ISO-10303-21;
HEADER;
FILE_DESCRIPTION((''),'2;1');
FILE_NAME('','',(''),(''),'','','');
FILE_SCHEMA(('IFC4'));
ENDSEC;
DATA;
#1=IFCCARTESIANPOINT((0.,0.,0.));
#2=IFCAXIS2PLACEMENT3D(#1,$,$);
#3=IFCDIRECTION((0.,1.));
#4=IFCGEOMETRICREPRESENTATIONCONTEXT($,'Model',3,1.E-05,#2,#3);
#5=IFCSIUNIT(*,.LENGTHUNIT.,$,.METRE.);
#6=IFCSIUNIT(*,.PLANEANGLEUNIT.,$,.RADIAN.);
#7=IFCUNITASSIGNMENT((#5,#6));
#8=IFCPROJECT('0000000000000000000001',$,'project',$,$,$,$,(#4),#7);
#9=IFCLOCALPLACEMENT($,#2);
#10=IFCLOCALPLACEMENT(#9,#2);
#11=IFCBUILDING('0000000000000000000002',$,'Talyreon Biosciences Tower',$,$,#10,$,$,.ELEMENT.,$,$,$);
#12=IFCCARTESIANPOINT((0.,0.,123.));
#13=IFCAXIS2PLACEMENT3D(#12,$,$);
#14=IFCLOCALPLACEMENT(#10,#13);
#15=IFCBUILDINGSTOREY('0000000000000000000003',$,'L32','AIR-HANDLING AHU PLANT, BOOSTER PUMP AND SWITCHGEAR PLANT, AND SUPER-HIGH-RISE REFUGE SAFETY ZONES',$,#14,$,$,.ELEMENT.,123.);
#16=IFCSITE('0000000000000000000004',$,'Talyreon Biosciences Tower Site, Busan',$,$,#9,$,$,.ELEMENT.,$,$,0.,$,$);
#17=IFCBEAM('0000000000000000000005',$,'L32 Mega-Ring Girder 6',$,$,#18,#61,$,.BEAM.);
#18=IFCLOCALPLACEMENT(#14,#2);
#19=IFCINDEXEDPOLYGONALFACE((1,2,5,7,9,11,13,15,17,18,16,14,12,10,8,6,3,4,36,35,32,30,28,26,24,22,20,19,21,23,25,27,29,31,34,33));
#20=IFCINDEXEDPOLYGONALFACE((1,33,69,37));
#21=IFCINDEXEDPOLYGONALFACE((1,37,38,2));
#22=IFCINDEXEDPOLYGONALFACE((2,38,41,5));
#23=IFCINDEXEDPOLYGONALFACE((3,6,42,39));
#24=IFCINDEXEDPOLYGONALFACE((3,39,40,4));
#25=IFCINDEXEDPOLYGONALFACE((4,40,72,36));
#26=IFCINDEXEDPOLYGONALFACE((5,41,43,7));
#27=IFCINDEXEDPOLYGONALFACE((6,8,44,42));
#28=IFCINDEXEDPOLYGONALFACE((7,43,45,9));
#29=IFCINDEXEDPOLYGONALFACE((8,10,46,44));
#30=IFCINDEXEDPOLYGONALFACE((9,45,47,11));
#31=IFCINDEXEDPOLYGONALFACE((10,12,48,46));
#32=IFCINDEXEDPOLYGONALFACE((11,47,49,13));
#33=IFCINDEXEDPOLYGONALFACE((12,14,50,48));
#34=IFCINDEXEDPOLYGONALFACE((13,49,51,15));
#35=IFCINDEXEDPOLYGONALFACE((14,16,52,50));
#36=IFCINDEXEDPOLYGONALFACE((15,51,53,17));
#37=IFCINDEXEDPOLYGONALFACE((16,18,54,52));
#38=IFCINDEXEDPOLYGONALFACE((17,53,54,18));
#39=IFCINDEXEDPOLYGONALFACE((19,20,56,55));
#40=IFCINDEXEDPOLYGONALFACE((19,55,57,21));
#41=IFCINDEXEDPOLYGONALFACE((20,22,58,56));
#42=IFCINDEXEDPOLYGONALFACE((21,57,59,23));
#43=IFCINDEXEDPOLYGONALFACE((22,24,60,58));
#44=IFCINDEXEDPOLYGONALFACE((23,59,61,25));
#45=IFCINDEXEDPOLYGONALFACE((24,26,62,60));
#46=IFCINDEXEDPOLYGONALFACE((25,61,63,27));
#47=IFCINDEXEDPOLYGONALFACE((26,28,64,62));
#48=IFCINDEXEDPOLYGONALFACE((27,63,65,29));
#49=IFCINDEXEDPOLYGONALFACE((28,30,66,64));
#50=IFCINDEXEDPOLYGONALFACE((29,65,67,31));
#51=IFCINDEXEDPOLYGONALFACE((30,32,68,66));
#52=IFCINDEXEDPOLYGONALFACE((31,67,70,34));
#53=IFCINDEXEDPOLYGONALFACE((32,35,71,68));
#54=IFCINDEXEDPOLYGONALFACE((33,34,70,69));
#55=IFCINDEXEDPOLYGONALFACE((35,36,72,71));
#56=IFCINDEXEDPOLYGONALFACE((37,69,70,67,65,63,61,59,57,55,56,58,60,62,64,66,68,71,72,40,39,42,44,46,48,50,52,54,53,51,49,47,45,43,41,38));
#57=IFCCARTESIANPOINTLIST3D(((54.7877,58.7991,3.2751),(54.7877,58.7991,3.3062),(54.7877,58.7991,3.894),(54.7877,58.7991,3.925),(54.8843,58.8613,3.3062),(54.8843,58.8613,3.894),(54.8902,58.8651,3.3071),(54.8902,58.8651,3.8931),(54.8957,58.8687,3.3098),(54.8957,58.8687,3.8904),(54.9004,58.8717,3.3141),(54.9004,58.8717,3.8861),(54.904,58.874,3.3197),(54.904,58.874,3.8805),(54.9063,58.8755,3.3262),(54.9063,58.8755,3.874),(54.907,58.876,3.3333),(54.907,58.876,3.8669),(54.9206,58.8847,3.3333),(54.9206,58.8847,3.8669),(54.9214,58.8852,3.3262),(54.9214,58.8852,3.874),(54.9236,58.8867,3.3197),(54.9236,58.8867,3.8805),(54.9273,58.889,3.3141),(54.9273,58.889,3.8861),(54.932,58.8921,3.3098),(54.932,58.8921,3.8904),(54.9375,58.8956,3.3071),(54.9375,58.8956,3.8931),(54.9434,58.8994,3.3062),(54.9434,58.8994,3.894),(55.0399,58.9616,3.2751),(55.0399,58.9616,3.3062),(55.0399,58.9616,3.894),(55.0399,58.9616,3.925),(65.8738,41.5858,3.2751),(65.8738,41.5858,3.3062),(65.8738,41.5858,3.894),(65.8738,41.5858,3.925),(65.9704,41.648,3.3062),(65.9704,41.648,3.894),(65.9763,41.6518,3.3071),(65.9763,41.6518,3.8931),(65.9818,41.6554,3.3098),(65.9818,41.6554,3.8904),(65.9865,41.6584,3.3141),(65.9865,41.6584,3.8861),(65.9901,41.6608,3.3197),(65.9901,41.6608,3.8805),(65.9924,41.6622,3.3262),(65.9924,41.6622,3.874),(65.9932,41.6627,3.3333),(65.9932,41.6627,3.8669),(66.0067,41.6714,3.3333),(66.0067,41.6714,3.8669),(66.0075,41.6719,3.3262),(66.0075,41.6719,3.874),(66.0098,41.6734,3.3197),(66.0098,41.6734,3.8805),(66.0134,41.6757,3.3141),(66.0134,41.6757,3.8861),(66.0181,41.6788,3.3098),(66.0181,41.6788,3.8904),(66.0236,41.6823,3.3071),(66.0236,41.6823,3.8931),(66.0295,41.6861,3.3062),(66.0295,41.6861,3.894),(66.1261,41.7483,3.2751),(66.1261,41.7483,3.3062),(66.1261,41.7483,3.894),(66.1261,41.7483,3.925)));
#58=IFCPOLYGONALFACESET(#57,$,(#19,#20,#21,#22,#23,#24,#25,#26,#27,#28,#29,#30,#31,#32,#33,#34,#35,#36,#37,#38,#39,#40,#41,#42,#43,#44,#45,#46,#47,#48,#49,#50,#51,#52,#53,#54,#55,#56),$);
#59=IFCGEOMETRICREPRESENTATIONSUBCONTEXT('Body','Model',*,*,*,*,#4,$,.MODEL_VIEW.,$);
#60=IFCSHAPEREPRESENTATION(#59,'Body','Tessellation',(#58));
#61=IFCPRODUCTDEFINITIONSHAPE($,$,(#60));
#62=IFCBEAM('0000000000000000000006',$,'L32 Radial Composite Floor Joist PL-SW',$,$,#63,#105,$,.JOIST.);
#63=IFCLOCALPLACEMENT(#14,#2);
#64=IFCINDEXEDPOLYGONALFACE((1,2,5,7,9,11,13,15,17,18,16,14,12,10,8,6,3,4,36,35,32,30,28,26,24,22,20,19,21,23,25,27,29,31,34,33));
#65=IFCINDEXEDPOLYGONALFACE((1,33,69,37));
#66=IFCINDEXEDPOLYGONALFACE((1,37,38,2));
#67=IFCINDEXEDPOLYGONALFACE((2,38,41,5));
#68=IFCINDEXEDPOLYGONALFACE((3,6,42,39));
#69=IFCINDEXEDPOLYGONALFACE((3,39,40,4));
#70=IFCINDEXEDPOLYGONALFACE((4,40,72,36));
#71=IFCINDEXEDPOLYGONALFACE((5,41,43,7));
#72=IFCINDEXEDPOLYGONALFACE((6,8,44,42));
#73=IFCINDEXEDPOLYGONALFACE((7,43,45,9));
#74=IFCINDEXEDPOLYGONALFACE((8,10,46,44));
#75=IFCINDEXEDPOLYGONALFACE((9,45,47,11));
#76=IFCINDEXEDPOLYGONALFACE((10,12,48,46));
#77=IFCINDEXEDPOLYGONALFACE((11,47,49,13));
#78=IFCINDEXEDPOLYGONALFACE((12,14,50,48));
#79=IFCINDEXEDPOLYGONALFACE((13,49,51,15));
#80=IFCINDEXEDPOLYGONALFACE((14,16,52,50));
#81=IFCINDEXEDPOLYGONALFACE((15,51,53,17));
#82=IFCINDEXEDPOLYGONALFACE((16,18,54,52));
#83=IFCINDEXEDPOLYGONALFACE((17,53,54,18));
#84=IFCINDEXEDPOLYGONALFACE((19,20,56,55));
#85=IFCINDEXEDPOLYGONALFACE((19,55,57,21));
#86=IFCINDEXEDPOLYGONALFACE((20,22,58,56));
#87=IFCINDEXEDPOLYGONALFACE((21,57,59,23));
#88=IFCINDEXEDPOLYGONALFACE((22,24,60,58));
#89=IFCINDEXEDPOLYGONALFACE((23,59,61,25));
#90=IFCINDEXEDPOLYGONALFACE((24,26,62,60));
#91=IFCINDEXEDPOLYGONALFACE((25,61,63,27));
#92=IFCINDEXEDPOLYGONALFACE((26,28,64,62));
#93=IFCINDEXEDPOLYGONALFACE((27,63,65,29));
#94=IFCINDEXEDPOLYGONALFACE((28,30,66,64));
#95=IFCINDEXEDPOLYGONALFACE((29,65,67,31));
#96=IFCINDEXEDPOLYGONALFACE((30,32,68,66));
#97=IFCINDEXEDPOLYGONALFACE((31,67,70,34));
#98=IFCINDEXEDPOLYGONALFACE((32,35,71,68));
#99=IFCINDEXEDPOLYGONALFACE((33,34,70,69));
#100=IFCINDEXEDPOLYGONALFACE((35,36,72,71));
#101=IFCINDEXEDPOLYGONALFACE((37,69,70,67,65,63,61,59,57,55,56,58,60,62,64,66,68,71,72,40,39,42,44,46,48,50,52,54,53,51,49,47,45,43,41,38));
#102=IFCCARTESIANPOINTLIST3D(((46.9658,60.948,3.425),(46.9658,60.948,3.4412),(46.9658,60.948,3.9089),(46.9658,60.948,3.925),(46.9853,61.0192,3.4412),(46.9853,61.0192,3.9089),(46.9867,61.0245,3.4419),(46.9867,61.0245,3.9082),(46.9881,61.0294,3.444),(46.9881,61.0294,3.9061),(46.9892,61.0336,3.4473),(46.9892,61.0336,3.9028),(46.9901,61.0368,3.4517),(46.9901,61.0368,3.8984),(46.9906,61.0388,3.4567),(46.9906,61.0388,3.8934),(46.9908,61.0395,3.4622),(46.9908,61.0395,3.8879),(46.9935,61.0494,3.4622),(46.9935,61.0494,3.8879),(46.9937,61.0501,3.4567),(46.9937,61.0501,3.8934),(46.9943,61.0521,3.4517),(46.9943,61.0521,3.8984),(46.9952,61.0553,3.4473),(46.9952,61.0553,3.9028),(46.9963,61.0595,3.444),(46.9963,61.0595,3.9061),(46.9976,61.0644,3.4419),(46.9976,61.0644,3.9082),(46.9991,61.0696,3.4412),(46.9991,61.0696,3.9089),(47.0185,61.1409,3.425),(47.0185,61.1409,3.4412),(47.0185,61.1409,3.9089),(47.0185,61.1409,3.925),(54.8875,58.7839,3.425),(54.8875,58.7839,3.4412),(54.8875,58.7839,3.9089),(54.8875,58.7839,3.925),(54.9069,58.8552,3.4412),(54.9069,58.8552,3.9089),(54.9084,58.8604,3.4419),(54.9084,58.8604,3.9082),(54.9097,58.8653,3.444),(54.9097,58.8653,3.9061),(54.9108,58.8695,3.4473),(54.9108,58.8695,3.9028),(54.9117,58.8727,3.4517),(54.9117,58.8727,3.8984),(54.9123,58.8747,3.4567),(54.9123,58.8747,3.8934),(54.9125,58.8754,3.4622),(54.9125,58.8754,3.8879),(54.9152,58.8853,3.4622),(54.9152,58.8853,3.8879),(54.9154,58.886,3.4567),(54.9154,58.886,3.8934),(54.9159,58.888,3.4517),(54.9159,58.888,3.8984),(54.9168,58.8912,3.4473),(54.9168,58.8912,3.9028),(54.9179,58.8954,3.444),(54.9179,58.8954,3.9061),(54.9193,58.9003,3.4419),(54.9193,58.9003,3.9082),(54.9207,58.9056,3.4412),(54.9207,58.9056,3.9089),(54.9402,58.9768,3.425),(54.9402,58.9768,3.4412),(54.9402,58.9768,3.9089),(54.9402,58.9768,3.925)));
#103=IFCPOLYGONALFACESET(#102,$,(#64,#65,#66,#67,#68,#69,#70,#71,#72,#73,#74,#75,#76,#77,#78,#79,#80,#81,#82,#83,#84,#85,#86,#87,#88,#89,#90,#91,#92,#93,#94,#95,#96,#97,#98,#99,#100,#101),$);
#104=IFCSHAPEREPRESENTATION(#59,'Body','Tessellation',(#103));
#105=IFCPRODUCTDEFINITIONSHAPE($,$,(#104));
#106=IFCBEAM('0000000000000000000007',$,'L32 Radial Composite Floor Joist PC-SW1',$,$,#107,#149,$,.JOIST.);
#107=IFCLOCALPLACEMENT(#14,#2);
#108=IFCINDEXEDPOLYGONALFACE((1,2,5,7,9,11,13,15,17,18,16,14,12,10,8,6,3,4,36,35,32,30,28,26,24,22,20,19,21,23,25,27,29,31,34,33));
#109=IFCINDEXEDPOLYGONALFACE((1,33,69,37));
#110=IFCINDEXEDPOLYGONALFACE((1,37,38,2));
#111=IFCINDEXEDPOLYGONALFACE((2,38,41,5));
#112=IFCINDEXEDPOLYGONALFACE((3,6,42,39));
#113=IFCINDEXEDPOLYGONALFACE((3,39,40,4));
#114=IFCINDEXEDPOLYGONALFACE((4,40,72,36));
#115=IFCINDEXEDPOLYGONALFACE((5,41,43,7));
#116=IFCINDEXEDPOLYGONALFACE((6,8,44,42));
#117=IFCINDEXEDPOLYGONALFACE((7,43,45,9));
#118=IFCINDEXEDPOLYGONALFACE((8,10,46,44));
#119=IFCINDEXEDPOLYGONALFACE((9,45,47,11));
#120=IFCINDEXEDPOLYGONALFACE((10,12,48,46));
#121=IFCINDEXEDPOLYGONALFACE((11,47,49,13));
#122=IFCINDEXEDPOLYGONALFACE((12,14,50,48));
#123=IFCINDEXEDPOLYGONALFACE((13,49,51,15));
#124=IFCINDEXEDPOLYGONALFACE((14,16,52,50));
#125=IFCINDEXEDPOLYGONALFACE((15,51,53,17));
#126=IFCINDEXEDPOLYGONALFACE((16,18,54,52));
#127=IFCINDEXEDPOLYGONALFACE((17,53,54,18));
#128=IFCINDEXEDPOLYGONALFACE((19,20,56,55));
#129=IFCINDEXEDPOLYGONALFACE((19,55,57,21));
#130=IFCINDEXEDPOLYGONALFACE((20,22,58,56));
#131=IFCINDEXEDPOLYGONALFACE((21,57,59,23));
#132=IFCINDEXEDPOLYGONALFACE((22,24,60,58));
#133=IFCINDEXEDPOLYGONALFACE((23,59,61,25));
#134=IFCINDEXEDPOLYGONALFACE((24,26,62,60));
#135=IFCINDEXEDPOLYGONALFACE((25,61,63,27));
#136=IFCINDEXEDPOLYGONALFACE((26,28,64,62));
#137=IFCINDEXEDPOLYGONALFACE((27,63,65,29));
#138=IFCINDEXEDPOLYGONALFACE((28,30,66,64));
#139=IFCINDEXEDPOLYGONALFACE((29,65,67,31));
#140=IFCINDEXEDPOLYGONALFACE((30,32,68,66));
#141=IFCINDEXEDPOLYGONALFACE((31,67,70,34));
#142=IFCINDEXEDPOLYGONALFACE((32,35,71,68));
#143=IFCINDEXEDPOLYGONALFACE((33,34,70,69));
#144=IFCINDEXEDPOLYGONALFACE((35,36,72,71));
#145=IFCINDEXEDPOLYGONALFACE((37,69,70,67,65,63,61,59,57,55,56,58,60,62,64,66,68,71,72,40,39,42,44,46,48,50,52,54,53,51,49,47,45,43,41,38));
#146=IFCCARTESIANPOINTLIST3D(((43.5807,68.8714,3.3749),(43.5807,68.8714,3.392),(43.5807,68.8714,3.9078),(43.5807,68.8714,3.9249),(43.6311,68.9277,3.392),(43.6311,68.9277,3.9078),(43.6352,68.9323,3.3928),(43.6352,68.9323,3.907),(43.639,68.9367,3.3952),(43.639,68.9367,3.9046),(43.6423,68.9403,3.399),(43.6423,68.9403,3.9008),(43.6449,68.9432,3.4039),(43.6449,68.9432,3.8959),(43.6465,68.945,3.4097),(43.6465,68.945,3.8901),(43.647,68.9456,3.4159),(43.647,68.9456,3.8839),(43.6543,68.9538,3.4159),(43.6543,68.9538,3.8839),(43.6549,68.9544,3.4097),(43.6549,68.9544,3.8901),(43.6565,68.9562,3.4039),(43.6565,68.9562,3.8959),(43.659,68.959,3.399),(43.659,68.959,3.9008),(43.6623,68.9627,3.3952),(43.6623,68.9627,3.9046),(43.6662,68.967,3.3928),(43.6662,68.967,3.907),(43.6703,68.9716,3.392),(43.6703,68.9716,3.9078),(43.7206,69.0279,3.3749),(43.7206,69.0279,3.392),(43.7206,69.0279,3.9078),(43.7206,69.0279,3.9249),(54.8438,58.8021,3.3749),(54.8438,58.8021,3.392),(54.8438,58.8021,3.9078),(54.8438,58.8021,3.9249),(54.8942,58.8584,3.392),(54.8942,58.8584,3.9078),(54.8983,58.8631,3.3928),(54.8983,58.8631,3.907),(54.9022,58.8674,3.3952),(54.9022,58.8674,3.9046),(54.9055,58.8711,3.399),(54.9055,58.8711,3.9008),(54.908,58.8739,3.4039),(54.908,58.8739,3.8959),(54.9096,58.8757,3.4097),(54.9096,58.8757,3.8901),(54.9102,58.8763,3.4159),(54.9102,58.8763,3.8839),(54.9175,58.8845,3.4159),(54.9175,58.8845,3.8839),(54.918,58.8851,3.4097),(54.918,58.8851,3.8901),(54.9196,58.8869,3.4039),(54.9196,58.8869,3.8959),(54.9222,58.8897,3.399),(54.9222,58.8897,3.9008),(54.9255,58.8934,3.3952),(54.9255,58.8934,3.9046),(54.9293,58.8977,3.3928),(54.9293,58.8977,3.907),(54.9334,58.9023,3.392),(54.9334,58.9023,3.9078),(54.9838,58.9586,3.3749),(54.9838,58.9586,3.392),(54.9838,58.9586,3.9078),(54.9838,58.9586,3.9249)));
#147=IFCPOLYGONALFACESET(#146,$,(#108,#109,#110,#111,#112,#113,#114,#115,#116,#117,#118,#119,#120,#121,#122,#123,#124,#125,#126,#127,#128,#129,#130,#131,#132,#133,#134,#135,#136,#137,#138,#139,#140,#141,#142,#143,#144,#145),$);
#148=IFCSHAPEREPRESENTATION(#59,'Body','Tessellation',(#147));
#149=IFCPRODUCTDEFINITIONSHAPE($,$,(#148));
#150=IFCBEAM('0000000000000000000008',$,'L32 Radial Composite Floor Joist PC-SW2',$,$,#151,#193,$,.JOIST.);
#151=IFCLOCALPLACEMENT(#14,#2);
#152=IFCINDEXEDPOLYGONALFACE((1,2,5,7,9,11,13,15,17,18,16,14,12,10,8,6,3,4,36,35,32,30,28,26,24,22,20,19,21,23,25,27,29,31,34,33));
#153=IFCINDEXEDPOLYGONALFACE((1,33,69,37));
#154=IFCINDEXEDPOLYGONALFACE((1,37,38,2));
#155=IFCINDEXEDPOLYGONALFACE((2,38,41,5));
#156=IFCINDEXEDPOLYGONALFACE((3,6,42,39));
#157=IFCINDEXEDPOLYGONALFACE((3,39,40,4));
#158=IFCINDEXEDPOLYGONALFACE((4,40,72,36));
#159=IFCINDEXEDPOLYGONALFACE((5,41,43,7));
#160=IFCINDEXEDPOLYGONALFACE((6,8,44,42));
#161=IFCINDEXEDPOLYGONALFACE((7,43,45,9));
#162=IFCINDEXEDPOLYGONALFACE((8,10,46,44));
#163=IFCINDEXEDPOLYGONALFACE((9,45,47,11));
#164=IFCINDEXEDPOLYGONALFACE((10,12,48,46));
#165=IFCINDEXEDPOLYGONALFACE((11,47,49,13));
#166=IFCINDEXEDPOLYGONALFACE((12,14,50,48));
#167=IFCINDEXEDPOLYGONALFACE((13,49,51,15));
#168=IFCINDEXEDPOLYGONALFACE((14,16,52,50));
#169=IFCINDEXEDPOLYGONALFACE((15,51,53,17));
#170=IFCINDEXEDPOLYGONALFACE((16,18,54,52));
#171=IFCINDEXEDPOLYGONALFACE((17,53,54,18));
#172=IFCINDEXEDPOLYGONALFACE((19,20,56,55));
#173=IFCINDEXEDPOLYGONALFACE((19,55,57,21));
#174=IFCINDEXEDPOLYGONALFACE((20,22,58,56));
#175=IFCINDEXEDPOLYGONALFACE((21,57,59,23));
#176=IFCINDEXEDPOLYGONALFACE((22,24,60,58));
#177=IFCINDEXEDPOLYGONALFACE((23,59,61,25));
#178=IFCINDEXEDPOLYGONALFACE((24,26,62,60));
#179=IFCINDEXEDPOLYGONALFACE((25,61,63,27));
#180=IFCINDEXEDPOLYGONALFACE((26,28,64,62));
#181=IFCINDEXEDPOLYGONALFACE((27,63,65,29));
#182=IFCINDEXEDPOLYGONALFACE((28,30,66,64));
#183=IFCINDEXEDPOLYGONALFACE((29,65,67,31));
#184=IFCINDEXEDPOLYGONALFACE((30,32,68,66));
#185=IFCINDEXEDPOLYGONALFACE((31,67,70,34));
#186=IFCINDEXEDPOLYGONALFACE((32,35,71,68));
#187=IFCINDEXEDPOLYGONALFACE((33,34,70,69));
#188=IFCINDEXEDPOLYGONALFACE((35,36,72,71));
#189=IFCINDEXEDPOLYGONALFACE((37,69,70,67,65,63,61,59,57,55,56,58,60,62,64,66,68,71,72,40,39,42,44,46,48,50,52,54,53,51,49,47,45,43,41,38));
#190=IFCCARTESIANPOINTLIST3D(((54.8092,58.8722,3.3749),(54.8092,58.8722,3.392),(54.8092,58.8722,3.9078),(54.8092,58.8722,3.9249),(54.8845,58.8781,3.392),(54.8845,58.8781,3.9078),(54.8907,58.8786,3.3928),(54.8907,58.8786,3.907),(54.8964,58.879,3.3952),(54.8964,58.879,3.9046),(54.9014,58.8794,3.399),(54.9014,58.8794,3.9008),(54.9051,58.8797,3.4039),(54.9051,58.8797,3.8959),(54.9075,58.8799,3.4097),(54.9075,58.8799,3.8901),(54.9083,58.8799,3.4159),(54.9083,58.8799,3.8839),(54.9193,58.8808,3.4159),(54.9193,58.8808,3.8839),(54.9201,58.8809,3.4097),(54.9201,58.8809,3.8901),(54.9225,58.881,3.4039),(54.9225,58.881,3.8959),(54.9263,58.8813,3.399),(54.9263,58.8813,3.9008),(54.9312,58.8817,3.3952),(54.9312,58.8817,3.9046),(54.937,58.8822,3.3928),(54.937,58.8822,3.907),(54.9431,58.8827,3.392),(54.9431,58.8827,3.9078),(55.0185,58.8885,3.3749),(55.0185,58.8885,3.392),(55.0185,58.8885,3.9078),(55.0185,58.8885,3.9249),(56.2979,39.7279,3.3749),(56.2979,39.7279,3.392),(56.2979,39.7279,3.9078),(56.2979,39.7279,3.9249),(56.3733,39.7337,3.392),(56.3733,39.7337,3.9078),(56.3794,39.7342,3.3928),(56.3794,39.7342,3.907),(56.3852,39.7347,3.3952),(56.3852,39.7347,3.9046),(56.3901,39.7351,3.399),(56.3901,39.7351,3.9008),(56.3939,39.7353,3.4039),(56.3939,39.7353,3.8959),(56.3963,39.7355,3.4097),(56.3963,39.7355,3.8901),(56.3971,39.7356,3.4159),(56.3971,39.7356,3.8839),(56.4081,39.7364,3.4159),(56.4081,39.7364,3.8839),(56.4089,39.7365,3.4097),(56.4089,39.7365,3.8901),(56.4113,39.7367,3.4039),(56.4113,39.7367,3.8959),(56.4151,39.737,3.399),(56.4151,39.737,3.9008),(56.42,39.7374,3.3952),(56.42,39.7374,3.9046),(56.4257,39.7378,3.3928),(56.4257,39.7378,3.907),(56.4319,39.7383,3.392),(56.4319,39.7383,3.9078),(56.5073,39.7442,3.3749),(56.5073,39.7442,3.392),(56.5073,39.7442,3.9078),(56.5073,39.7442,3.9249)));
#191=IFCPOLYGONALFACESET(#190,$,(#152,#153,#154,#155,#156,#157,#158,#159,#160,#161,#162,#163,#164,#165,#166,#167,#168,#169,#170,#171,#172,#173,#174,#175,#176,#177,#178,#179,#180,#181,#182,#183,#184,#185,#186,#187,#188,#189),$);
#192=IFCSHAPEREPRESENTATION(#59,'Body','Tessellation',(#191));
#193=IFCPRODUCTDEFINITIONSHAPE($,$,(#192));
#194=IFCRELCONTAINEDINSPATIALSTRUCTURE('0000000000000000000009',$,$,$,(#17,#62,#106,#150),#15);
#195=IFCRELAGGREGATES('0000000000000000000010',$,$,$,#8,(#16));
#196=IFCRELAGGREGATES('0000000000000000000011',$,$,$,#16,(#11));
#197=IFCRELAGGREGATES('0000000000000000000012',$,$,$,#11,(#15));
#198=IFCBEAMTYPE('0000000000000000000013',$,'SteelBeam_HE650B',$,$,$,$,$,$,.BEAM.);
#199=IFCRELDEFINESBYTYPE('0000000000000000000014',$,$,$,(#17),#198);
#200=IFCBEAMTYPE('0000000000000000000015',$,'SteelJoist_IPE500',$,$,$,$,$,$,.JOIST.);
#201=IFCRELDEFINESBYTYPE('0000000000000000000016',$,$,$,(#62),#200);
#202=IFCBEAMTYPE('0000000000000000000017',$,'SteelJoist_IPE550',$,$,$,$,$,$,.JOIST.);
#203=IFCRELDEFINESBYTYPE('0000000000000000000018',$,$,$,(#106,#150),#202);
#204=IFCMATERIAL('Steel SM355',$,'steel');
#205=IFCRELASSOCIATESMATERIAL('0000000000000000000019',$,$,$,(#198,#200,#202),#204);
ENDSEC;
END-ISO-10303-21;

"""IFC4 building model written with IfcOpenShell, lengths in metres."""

from ifc_helpers import new_model, si_unit, direction, frame, origin, origin_2d, place, context, subcontext, project, spatial, i_section, extrude, material, material_profile, profile_set, type_object, element, save


model = new_model("IFC4")

# Units and contexts
model_context = context("Model", 3, precision=1e-05, world=origin(), true_north=direction((0.0, 1.0)))
body_context = subcontext(model_context, "Body", "Model", "MODEL_VIEW")
ifc_project = project(units=[si_unit("LENGTHUNIT", "METRE"), si_unit("PLANEANGLEUNIT", "RADIAN")], contexts=[model_context])

# Site, building, storey
site_placement = place(None, origin())
site = spatial("IfcSite", under=ifc_project, at=site_placement, Name="Talyreon Biosciences Tower Site, Busan", CompositionType="ELEMENT", RefElevation=0.0)
building_placement = place(site_placement, origin())
building = spatial("IfcBuilding", under=site, at=building_placement, Name="Talyreon Biosciences Tower", CompositionType="ELEMENT")
storey_placement = place(building_placement, frame((0.0, 0.0, 123.0)))
storey = spatial("IfcBuildingStorey", under=building, at=storey_placement, Name="L32", Description="AIR-HANDLING AHU PLANT, BOOSTER PUMP AND SWITCHGEAR PLANT, AND SUPER-HIGH-RISE REFUGE SAFETY ZONES", CompositionType="ELEMENT", Elevation=123.0)

# Shared definitions
ifc_material_1 = material(Name="Steel SM355", Category="steel")

# Beams
ifc_material_profile_1 = material_profile(ifc_material_1, i_section(OverallWidth=0.3, OverallDepth=0.6499, WebThickness=0.0161, FlangeThickness=0.031, FilletRadius=0.0271, at=origin_2d()), Name="HE650B")
ifc_profile_set_1 = profile_set([ifc_material_profile_1], Name="Steel SM355")
beam_type_1 = type_object("IfcBeamType", Name="SteelBeam_HE650B", PredefinedType="BEAM", material=ifc_profile_set_1)
beam_1_placement = place(storey_placement, frame((54.9138, 58.8804, 3.6001), z_axis=(0.541464, -0.840724, 0.0), x_axis=(0.840724, 0.541464, 0.0)))
element("IfcBeam", 1, at=beam_1_placement, inside=storey, type_object=beam_type_1, Name="L32 Mega-Ring Girder 6", PredefinedType="BEAM", context=body_context, shape_type="SweptSolid", body=[
    extrude(i_section(OverallWidth=0.3, OverallDepth=0.6499, WebThickness=0.0161, FlangeThickness=0.031, FilletRadius=0.0271, at=origin_2d()), origin(), (0.0, 0.0, 1.0), 20.4744),
])
ifc_material_profile_2 = material_profile(ifc_material_1, i_section(OverallWidth=0.2, OverallDepth=0.5, WebThickness=0.0103, FlangeThickness=0.0161, FilletRadius=0.021, at=origin_2d()), Name="IPE500")
ifc_profile_set_2 = profile_set([ifc_material_profile_2], Name="Steel SM355")
beam_type_2 = type_object("IfcBeamType", Name="SteelJoist_IPE500", PredefinedType="JOIST", material=ifc_profile_set_2)
beam_2_placement = place(storey_placement, frame((54.9138, 58.8804, 3.675), z_axis=(-0.964652, 0.263527, 0.0), x_axis=(-0.263527, -0.964652, 0.0)))
element("IfcBeam", 2, at=beam_2_placement, inside=storey, type_object=beam_type_2, Name="L32 Radial Composite Floor Joist PL-SW", PredefinedType="JOIST", context=body_context, shape_type="SweptSolid", body=[
    extrude(i_section(OverallWidth=0.2, OverallDepth=0.5, WebThickness=0.0103, FlangeThickness=0.0161, FilletRadius=0.021, at=origin_2d()), origin(), (0.0, 0.0, 1.0), 8.2119),
])
ifc_material_profile_3 = material_profile(ifc_material_1, i_section(OverallWidth=0.21, OverallDepth=0.55, WebThickness=0.011, FlangeThickness=0.0171, FilletRadius=0.0239, at=origin_2d()), Name="IPE550")
ifc_profile_set_3 = profile_set([ifc_material_profile_3], Name="Steel SM355")
beam_type_3 = type_object("IfcBeamType", Name="SteelJoist_IPE550", PredefinedType="JOIST", material=ifc_profile_set_3)
beam_3_placement = place(storey_placement, frame((54.9138, 58.8804, 3.6499), z_axis=(-0.745513, 0.666492, 0.0), x_axis=(-0.666492, -0.745513, 0.0)))
element("IfcBeam", 3, at=beam_3_placement, inside=storey, type_object=beam_type_3, Name="L32 Radial Composite Floor Joist PC-SW1", PredefinedType="JOIST", context=body_context, shape_type="SweptSolid", body=[
    extrude(i_section(OverallWidth=0.21, OverallDepth=0.55, WebThickness=0.011, FlangeThickness=0.0171, FilletRadius=0.0239, at=origin_2d()), origin(), (0.0, 0.0, 1.0), 15.1079),
])
beam_4_placement = place(storey_placement, frame((54.9138, 58.8804, 3.6499), z_axis=(0.077532, -0.99699, 0.0), x_axis=(0.99699, 0.077532, 0.0)))
element("IfcBeam", 4, at=beam_4_placement, inside=storey, type_object=beam_type_3, Name="L32 Radial Composite Floor Joist PC-SW2", PredefinedType="JOIST", context=body_context, shape_type="SweptSolid", body=[
    extrude(i_section(OverallWidth=0.21, OverallDepth=0.55, WebThickness=0.011, FlangeThickness=0.0171, FilletRadius=0.0239, at=origin_2d()), origin(), (0.0, 0.0, 1.0), 19.2021),
])

save(model, "model.ifc")
